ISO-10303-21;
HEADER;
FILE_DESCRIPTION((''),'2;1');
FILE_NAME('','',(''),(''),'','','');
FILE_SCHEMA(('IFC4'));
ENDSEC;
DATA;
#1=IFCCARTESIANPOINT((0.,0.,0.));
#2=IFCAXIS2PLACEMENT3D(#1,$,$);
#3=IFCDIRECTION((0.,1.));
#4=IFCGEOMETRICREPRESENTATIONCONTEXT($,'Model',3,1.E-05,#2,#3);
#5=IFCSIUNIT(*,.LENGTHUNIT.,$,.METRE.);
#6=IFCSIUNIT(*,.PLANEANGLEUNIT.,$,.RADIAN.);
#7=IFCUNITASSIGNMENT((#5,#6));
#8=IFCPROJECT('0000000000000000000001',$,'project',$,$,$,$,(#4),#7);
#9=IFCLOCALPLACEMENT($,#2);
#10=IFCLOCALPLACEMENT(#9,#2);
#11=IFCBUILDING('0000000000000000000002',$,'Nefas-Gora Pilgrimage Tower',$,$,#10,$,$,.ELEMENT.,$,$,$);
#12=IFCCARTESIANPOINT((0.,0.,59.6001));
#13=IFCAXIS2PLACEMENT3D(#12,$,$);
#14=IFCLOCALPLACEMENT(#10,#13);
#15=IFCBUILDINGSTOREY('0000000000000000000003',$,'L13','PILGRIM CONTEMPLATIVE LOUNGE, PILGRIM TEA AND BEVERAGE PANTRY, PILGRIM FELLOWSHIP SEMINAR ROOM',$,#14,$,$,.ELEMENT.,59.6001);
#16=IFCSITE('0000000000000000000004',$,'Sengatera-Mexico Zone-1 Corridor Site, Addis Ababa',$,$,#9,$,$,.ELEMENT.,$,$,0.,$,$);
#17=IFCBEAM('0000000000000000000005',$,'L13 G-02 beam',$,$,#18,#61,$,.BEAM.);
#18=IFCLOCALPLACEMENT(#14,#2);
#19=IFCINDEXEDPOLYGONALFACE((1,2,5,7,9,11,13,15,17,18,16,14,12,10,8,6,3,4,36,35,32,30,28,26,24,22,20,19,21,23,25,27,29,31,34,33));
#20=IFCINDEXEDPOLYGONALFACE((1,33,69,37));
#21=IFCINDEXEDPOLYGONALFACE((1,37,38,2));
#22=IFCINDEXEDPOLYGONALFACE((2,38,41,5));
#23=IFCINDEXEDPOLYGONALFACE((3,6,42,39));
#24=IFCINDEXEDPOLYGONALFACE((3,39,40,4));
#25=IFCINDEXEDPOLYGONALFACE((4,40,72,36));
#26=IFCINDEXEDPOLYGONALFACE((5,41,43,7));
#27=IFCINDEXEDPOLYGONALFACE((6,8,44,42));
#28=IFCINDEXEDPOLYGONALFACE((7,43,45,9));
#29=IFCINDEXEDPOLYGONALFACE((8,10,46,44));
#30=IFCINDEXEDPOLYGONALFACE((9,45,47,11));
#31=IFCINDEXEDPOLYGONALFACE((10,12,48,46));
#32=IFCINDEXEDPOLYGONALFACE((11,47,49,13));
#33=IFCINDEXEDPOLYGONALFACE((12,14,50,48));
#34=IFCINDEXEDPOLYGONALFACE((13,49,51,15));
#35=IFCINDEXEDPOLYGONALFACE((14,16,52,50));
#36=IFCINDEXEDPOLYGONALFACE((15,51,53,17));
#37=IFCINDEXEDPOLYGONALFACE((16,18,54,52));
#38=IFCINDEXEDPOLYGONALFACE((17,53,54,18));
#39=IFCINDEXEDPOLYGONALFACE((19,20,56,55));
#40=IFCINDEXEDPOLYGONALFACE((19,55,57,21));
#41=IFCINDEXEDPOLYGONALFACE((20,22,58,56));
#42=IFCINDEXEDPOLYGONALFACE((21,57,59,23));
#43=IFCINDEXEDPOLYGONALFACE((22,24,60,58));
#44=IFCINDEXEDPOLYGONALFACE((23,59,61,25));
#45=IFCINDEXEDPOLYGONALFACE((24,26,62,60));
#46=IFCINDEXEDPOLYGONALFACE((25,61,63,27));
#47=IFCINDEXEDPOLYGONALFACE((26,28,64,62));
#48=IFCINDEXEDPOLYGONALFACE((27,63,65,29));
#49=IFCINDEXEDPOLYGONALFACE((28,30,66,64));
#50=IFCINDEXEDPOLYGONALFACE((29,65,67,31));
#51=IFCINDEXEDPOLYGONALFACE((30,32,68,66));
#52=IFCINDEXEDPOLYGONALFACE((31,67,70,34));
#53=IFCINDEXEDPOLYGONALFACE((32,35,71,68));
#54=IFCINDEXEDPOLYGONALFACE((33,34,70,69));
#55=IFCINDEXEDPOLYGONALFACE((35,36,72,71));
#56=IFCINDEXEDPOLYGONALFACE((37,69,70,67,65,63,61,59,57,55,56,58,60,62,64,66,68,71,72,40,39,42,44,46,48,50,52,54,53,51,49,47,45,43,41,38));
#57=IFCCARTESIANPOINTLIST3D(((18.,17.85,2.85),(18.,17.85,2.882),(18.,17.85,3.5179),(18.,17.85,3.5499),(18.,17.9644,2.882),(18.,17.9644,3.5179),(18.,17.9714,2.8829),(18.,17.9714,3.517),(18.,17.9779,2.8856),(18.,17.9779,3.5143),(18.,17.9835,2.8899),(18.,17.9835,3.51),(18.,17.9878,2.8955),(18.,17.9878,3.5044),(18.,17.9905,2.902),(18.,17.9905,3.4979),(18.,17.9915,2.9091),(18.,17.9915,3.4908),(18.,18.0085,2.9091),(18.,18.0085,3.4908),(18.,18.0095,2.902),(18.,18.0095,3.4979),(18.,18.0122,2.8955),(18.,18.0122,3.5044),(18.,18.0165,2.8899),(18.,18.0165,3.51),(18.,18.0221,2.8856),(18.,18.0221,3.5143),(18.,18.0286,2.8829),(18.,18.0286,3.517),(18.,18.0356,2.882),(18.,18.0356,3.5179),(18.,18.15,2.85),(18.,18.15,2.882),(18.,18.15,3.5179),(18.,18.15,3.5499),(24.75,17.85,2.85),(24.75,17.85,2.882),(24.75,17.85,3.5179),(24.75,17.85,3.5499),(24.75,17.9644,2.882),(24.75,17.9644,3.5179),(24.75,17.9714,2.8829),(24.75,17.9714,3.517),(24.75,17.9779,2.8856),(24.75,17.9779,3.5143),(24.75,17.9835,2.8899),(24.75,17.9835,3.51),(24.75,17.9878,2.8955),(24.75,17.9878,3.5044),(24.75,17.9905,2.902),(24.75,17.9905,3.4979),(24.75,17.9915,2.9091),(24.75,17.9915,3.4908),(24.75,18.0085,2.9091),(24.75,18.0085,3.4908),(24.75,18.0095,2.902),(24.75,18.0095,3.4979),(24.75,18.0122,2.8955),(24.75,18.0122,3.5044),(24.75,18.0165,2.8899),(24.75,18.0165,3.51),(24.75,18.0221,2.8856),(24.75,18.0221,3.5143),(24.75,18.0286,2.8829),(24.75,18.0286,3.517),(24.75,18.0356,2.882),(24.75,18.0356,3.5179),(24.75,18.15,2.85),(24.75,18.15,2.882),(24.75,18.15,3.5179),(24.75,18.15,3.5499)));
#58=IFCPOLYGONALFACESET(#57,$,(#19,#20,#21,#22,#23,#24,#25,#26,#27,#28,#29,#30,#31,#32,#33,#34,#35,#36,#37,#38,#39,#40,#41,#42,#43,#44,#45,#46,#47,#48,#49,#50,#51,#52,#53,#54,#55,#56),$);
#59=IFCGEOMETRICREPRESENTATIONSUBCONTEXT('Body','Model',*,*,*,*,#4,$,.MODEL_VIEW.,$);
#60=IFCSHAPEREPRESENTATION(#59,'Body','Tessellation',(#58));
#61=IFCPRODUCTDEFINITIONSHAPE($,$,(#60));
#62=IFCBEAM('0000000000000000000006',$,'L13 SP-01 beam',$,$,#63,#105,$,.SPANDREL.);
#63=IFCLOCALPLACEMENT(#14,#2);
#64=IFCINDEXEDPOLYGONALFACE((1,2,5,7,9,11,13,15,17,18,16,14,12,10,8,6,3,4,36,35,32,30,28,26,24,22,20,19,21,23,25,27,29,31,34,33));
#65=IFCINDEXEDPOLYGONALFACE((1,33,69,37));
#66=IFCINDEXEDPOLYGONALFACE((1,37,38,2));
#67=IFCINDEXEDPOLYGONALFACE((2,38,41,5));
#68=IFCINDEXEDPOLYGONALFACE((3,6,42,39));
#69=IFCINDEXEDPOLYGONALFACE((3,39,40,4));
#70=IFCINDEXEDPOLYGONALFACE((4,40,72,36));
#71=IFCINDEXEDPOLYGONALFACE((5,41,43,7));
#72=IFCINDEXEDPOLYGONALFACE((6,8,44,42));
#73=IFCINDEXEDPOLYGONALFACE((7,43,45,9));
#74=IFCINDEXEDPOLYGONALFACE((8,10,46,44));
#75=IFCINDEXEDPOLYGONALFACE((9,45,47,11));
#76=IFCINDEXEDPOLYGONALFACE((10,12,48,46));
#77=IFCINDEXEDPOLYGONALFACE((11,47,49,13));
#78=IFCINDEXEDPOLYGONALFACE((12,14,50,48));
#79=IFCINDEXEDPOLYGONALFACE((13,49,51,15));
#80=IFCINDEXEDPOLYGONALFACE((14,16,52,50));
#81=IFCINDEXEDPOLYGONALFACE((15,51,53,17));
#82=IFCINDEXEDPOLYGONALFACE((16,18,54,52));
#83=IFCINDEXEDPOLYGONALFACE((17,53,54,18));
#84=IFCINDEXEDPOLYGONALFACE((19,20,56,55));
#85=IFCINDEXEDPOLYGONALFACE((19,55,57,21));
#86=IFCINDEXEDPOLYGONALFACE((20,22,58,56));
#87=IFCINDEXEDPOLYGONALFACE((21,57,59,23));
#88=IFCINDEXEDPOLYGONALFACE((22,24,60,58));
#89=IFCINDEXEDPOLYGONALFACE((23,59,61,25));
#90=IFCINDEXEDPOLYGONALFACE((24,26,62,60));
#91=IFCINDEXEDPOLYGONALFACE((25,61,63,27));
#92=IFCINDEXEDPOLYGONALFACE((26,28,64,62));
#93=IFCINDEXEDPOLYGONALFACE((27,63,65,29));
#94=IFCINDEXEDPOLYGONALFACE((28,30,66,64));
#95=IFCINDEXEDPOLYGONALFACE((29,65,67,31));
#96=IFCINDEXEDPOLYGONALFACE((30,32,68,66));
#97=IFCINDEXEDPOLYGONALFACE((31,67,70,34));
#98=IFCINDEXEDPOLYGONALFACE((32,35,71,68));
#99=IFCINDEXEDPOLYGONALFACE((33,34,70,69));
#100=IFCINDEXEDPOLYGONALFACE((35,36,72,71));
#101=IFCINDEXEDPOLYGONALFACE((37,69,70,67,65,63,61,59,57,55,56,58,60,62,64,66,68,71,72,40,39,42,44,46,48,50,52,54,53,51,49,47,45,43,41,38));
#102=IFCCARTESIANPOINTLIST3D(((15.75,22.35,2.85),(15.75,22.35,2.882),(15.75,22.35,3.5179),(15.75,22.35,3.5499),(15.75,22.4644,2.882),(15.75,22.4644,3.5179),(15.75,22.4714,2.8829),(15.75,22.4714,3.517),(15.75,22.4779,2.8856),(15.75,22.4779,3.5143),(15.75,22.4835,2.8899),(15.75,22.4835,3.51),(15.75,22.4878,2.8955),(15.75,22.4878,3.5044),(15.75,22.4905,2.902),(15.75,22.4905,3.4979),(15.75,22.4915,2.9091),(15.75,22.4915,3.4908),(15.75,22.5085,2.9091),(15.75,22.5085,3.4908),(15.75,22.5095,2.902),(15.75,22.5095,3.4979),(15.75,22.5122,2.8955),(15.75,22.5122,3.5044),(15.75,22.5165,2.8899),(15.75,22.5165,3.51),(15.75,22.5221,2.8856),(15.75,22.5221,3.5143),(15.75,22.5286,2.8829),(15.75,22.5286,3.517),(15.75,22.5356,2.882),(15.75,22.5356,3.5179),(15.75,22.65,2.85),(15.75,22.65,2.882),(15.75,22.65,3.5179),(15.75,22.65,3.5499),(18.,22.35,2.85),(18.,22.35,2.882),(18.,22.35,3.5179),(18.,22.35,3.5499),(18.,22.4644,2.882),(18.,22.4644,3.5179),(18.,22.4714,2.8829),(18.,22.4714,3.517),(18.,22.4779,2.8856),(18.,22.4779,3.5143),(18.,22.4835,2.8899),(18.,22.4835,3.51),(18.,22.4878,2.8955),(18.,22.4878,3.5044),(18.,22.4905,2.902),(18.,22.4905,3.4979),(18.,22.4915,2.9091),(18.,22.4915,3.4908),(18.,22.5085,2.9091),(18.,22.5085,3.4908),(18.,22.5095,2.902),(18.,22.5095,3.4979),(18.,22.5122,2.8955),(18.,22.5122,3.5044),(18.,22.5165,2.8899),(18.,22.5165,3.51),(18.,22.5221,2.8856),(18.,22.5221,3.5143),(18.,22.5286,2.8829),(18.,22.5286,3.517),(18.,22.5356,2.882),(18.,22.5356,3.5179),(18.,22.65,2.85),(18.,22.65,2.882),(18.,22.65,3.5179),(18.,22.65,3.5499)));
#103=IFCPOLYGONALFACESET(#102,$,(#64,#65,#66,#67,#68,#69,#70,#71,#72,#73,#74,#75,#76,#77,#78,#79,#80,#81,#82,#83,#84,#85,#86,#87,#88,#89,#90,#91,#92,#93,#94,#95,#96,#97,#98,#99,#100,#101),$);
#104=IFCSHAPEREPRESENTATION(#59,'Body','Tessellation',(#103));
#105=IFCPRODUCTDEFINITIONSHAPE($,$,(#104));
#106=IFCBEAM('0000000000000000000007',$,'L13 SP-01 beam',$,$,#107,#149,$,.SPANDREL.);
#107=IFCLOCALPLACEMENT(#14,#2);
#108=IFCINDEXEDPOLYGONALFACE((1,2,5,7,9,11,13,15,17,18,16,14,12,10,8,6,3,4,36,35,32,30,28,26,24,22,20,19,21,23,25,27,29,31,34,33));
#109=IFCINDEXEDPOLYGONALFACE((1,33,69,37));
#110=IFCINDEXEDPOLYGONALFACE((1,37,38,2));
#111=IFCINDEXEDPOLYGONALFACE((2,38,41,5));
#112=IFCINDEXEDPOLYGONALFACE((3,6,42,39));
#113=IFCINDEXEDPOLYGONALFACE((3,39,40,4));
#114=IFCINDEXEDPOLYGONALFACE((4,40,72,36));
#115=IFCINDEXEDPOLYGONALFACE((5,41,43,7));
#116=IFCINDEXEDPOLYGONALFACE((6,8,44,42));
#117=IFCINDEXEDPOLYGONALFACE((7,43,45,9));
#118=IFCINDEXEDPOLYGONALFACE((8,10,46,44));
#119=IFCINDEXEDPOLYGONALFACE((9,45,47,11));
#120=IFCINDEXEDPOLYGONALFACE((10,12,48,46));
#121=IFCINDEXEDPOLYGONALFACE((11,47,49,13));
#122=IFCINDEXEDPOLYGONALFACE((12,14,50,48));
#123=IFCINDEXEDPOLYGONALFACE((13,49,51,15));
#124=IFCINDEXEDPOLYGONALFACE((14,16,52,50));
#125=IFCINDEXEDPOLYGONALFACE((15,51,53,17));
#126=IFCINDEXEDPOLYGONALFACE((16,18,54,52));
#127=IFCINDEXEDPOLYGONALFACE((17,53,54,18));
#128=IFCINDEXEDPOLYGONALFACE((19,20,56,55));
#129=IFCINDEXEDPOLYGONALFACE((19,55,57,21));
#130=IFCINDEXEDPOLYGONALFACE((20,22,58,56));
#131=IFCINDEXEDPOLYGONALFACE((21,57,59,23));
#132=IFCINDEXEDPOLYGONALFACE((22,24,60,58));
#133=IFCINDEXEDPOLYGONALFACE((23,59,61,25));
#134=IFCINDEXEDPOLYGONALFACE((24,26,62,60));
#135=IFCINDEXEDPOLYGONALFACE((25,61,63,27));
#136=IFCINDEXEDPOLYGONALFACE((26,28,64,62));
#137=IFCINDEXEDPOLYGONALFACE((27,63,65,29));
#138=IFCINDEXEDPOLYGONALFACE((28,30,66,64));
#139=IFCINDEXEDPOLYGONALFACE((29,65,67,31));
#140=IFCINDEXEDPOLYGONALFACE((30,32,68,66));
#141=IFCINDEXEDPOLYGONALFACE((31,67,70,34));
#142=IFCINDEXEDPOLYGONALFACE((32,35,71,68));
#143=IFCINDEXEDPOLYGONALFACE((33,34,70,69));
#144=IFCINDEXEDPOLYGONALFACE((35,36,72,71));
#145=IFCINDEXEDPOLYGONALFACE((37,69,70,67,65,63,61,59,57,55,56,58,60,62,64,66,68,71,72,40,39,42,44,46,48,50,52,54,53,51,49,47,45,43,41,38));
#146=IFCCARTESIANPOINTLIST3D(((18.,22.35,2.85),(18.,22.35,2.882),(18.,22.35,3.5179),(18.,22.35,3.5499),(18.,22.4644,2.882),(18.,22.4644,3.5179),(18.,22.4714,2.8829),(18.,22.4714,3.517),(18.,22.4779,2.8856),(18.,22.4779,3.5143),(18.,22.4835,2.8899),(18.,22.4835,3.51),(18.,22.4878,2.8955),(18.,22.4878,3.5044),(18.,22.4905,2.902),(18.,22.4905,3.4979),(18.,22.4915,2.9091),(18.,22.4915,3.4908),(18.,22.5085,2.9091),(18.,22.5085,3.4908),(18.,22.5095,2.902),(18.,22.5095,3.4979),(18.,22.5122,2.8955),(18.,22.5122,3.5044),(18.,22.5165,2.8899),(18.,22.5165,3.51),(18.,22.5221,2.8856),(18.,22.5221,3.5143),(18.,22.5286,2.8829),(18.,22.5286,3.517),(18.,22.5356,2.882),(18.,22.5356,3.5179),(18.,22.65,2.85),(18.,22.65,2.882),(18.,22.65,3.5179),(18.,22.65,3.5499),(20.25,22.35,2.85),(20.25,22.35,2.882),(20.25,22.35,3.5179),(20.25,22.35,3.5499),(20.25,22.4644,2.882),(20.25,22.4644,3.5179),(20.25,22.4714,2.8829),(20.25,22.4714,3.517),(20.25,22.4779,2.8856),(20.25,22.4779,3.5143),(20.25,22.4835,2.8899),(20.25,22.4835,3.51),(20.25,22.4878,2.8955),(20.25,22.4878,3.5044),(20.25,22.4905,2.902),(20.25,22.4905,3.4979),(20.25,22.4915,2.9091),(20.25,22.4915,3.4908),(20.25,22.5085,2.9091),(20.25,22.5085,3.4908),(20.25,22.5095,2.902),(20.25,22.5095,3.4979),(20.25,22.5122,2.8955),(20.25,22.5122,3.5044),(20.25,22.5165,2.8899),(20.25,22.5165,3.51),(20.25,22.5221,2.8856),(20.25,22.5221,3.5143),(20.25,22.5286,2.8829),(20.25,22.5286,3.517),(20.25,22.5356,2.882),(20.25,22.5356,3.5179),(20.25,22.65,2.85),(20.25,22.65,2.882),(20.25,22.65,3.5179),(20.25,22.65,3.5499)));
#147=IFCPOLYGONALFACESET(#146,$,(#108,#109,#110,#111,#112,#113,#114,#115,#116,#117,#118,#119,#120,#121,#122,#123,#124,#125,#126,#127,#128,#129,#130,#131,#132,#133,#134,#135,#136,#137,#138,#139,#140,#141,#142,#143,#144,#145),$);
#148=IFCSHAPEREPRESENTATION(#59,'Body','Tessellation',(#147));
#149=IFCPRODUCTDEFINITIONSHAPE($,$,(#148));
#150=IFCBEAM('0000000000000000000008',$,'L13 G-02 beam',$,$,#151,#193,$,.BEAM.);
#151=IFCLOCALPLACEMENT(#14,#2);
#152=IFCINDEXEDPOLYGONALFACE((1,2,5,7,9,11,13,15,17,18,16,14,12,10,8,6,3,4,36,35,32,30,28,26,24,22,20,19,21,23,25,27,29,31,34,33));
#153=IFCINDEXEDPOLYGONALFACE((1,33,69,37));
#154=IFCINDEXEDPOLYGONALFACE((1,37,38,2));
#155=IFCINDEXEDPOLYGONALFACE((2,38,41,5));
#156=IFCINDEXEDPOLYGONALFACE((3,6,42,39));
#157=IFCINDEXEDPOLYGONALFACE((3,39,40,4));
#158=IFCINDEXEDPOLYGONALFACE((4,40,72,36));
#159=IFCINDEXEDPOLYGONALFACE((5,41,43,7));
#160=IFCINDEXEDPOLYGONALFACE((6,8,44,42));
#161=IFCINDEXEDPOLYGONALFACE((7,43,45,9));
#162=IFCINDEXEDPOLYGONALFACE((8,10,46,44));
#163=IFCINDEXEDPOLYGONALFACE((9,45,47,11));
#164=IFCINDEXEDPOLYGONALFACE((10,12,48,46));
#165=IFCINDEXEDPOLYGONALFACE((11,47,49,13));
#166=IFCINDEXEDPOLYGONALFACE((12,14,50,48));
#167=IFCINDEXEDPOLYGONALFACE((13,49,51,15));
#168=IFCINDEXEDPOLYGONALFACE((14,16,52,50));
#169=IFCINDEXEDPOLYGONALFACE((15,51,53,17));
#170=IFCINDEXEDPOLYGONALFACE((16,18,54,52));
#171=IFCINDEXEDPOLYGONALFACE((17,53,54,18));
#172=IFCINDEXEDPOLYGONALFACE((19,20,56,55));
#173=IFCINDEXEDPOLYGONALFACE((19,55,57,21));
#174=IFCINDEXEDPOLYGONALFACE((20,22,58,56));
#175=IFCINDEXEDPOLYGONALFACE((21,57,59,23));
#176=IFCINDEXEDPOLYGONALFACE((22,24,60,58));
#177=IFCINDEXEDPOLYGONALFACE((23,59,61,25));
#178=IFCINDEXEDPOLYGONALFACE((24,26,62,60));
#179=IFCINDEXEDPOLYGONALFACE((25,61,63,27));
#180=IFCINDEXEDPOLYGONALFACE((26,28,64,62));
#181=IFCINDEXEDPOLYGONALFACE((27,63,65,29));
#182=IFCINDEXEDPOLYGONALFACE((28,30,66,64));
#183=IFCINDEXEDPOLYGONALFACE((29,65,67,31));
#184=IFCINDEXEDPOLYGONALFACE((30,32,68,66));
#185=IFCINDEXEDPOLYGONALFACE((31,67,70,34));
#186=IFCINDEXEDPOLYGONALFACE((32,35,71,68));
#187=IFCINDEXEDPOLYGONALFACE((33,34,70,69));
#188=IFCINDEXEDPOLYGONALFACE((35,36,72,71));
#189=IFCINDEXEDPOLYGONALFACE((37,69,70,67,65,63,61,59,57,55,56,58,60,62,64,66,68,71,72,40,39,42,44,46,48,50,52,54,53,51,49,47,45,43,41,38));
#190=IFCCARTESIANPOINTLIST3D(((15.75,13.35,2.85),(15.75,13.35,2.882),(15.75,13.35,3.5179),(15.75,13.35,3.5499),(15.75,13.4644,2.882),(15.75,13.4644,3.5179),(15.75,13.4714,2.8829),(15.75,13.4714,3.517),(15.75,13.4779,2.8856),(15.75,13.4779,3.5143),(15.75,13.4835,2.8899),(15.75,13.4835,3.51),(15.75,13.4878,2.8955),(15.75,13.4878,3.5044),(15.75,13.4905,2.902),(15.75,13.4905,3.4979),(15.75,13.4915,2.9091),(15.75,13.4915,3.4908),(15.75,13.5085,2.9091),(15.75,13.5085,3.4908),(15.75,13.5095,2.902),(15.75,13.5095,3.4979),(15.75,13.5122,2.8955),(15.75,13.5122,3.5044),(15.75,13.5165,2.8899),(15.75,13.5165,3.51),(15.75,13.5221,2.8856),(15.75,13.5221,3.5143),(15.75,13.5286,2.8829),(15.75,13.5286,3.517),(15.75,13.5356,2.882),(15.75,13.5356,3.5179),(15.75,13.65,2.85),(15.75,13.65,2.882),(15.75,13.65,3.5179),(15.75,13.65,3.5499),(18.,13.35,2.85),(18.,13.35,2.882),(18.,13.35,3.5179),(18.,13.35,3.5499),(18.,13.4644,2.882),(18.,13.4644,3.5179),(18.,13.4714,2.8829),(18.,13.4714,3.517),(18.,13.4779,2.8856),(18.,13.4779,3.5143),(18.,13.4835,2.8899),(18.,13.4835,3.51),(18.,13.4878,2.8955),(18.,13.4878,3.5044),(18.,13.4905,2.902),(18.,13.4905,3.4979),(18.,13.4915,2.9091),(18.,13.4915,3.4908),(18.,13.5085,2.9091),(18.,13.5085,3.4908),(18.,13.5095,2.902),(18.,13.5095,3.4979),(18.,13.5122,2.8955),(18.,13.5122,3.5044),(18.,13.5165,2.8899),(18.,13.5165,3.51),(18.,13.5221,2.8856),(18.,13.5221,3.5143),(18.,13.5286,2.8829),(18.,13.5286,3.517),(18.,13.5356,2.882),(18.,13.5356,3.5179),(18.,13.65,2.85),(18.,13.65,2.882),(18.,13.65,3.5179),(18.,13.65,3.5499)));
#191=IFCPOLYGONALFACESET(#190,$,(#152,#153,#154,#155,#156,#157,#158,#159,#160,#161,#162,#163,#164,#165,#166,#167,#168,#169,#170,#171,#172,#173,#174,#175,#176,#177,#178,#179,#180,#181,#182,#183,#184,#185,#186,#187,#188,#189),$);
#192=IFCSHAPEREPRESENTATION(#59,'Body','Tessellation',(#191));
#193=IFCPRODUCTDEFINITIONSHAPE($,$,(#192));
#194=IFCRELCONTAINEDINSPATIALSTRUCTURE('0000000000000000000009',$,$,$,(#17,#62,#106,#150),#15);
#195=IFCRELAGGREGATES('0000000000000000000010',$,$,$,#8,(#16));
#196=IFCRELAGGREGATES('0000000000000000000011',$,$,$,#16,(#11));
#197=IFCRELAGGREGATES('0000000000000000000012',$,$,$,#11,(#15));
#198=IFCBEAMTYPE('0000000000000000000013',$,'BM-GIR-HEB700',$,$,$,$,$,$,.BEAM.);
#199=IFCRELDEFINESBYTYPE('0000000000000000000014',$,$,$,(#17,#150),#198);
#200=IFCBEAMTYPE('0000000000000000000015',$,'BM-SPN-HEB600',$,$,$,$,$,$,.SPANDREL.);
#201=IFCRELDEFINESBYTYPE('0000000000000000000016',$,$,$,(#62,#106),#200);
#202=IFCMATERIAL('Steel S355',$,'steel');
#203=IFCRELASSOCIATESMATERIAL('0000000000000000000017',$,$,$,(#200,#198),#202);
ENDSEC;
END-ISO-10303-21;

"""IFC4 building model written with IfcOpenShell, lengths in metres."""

from ifc_helpers import new_model, si_unit, direction, frame, origin, origin_2d, place, context, subcontext, project, spatial, i_section, extrude, source, transform, mapped, material, material_profile, profile_set, type_object, element, save


model = new_model("IFC4")

# Units and contexts
model_context = context("Model", 3, precision=1e-05, world=origin(), true_north=direction((0.0, 1.0)))
body_context = subcontext(model_context, "Body", "Model", "MODEL_VIEW")
ifc_project = project(units=[si_unit("LENGTHUNIT", "METRE"), si_unit("PLANEANGLEUNIT", "RADIAN")], contexts=[model_context])

# Site, building, storey
site_placement = place(None, origin())
site = spatial("IfcSite", under=ifc_project, at=site_placement, Name="Sengatera-Mexico Zone-1 Corridor Site, Addis Ababa", CompositionType="ELEMENT", RefElevation=0.0)
building_placement = place(site_placement, origin())
building = spatial("IfcBuilding", under=site, at=building_placement, Name="Nefas-Gora Pilgrimage Tower", CompositionType="ELEMENT")
storey_placement = place(building_placement, frame((0.0, 0.0, 59.6001)))
storey = spatial("IfcBuildingStorey", under=building, at=storey_placement, Name="L13", Description="PILGRIM CONTEMPLATIVE LOUNGE, PILGRIM TEA AND BEVERAGE PANTRY, PILGRIM FELLOWSHIP SEMINAR ROOM", CompositionType="ELEMENT", Elevation=59.6001)

# Beams
ifc_material_1 = material(Name="Steel S355", Category="steel")
ifc_material_profile_1 = material_profile(ifc_material_1, i_section(OverallWidth=0.3, OverallDepth=0.7, WebThickness=0.0171, FlangeThickness=0.032, FilletRadius=0.0271, at=origin_2d()), Name="HEB 700")
ifc_profile_set_1 = profile_set([ifc_material_profile_1], Name="Steel S355")
beam_type_1 = type_object("IfcBeamType", Name="BM-SPN-HEB600", PredefinedType="SPANDREL", material=ifc_profile_set_1)
ifc_material_profile_2 = material_profile(ifc_material_1, i_section(OverallWidth=0.3, OverallDepth=0.7, WebThickness=0.0171, FlangeThickness=0.032, FilletRadius=0.0271, at=origin_2d()), Name="HEB 700")
ifc_profile_set_2 = profile_set([ifc_material_profile_2], Name="Steel S355")
beam_type_2 = type_object("IfcBeamType", Name="BM-GIR-HEB700", PredefinedType="BEAM", material=ifc_profile_set_2)
shared_shape_1 = source(origin(), body_context, "Body", "SweptSolid", [
    extrude(i_section(OverallWidth=0.3, OverallDepth=0.7, WebThickness=0.0171, FlangeThickness=0.032, FilletRadius=0.0271, at=origin_2d()), origin(), (0.0, 0.0, 1.0), 6.75),
])
for number, where, z_axis, x_axis, name in (
    (1, (18.0, 18.0, 3.2), (1.0, 0.0, 0.0), (0.0, 1.0, 0.0), "L13 G-02 beam"),
):
    element("IfcBeam", number, at=place(storey_placement, frame(where, z_axis=z_axis, x_axis=x_axis)), inside=storey, type_object=beam_type_2, Name=name, PredefinedType="BEAM", context=body_context, shape_type="MappedRepresentation", body=[
        mapped(shared_shape_1, transform((0.0, 0.0, 0.0), x_axis=(1.0, 0.0, 0.0), y_axis=(0.0, 1.0, 0.0), z_axis=(0.0, 0.0, 1.0), scale=1.0)),
    ])
shared_shape_2 = source(origin(), body_context, "Body", "SweptSolid", [
    extrude(i_section(OverallWidth=0.3, OverallDepth=0.7, WebThickness=0.0171, FlangeThickness=0.032, FilletRadius=0.0271, at=origin_2d()), origin(), (0.0, 0.0, 1.0), 2.25),
])
for number, where, z_axis, x_axis, name in (
    (2, (15.75, 22.5, 3.2), (1.0, 0.0, 0.0), (0.0, 1.0, 0.0), "L13 SP-01 beam"),
    (3, (18.0, 22.5, 3.2), (1.0, 0.0, 0.0), (0.0, 1.0, 0.0), "L13 SP-01 beam"),
):
    element("IfcBeam", number, at=place(storey_placement, frame(where, z_axis=z_axis, x_axis=x_axis)), inside=storey, type_object=beam_type_1, Name=name, PredefinedType="SPANDREL", context=body_context, shape_type="MappedRepresentation", body=[
        mapped(shared_shape_2, transform((0.0, 0.0, 0.0), x_axis=(1.0, 0.0, 0.0), y_axis=(0.0, 1.0, 0.0), z_axis=(0.0, 0.0, 1.0), scale=1.0)),
    ])
shared_shape_3 = source(origin(), body_context, "Body", "SweptSolid", [
    extrude(i_section(OverallWidth=0.3, OverallDepth=0.7, WebThickness=0.0171, FlangeThickness=0.032, FilletRadius=0.0271, at=origin_2d()), origin(), (0.0, 0.0, 1.0), 2.25),
])
beam_1_placement = place(storey_placement, frame((15.75, 13.5, 3.2), z_axis=(1.0, 0.0, 0.0), x_axis=(0.0, 1.0, 0.0)))
element("IfcBeam", 4, at=beam_1_placement, inside=storey, type_object=beam_type_2, Name="L13 G-02 beam", PredefinedType="BEAM", context=body_context, shape_type="MappedRepresentation", body=[
    mapped(shared_shape_3, transform((0.0, 0.0, 0.0), x_axis=(1.0, 0.0, 0.0), y_axis=(0.0, 1.0, 0.0), z_axis=(0.0, 0.0, 1.0), scale=1.0)),
])

save(model, "model.ifc")
